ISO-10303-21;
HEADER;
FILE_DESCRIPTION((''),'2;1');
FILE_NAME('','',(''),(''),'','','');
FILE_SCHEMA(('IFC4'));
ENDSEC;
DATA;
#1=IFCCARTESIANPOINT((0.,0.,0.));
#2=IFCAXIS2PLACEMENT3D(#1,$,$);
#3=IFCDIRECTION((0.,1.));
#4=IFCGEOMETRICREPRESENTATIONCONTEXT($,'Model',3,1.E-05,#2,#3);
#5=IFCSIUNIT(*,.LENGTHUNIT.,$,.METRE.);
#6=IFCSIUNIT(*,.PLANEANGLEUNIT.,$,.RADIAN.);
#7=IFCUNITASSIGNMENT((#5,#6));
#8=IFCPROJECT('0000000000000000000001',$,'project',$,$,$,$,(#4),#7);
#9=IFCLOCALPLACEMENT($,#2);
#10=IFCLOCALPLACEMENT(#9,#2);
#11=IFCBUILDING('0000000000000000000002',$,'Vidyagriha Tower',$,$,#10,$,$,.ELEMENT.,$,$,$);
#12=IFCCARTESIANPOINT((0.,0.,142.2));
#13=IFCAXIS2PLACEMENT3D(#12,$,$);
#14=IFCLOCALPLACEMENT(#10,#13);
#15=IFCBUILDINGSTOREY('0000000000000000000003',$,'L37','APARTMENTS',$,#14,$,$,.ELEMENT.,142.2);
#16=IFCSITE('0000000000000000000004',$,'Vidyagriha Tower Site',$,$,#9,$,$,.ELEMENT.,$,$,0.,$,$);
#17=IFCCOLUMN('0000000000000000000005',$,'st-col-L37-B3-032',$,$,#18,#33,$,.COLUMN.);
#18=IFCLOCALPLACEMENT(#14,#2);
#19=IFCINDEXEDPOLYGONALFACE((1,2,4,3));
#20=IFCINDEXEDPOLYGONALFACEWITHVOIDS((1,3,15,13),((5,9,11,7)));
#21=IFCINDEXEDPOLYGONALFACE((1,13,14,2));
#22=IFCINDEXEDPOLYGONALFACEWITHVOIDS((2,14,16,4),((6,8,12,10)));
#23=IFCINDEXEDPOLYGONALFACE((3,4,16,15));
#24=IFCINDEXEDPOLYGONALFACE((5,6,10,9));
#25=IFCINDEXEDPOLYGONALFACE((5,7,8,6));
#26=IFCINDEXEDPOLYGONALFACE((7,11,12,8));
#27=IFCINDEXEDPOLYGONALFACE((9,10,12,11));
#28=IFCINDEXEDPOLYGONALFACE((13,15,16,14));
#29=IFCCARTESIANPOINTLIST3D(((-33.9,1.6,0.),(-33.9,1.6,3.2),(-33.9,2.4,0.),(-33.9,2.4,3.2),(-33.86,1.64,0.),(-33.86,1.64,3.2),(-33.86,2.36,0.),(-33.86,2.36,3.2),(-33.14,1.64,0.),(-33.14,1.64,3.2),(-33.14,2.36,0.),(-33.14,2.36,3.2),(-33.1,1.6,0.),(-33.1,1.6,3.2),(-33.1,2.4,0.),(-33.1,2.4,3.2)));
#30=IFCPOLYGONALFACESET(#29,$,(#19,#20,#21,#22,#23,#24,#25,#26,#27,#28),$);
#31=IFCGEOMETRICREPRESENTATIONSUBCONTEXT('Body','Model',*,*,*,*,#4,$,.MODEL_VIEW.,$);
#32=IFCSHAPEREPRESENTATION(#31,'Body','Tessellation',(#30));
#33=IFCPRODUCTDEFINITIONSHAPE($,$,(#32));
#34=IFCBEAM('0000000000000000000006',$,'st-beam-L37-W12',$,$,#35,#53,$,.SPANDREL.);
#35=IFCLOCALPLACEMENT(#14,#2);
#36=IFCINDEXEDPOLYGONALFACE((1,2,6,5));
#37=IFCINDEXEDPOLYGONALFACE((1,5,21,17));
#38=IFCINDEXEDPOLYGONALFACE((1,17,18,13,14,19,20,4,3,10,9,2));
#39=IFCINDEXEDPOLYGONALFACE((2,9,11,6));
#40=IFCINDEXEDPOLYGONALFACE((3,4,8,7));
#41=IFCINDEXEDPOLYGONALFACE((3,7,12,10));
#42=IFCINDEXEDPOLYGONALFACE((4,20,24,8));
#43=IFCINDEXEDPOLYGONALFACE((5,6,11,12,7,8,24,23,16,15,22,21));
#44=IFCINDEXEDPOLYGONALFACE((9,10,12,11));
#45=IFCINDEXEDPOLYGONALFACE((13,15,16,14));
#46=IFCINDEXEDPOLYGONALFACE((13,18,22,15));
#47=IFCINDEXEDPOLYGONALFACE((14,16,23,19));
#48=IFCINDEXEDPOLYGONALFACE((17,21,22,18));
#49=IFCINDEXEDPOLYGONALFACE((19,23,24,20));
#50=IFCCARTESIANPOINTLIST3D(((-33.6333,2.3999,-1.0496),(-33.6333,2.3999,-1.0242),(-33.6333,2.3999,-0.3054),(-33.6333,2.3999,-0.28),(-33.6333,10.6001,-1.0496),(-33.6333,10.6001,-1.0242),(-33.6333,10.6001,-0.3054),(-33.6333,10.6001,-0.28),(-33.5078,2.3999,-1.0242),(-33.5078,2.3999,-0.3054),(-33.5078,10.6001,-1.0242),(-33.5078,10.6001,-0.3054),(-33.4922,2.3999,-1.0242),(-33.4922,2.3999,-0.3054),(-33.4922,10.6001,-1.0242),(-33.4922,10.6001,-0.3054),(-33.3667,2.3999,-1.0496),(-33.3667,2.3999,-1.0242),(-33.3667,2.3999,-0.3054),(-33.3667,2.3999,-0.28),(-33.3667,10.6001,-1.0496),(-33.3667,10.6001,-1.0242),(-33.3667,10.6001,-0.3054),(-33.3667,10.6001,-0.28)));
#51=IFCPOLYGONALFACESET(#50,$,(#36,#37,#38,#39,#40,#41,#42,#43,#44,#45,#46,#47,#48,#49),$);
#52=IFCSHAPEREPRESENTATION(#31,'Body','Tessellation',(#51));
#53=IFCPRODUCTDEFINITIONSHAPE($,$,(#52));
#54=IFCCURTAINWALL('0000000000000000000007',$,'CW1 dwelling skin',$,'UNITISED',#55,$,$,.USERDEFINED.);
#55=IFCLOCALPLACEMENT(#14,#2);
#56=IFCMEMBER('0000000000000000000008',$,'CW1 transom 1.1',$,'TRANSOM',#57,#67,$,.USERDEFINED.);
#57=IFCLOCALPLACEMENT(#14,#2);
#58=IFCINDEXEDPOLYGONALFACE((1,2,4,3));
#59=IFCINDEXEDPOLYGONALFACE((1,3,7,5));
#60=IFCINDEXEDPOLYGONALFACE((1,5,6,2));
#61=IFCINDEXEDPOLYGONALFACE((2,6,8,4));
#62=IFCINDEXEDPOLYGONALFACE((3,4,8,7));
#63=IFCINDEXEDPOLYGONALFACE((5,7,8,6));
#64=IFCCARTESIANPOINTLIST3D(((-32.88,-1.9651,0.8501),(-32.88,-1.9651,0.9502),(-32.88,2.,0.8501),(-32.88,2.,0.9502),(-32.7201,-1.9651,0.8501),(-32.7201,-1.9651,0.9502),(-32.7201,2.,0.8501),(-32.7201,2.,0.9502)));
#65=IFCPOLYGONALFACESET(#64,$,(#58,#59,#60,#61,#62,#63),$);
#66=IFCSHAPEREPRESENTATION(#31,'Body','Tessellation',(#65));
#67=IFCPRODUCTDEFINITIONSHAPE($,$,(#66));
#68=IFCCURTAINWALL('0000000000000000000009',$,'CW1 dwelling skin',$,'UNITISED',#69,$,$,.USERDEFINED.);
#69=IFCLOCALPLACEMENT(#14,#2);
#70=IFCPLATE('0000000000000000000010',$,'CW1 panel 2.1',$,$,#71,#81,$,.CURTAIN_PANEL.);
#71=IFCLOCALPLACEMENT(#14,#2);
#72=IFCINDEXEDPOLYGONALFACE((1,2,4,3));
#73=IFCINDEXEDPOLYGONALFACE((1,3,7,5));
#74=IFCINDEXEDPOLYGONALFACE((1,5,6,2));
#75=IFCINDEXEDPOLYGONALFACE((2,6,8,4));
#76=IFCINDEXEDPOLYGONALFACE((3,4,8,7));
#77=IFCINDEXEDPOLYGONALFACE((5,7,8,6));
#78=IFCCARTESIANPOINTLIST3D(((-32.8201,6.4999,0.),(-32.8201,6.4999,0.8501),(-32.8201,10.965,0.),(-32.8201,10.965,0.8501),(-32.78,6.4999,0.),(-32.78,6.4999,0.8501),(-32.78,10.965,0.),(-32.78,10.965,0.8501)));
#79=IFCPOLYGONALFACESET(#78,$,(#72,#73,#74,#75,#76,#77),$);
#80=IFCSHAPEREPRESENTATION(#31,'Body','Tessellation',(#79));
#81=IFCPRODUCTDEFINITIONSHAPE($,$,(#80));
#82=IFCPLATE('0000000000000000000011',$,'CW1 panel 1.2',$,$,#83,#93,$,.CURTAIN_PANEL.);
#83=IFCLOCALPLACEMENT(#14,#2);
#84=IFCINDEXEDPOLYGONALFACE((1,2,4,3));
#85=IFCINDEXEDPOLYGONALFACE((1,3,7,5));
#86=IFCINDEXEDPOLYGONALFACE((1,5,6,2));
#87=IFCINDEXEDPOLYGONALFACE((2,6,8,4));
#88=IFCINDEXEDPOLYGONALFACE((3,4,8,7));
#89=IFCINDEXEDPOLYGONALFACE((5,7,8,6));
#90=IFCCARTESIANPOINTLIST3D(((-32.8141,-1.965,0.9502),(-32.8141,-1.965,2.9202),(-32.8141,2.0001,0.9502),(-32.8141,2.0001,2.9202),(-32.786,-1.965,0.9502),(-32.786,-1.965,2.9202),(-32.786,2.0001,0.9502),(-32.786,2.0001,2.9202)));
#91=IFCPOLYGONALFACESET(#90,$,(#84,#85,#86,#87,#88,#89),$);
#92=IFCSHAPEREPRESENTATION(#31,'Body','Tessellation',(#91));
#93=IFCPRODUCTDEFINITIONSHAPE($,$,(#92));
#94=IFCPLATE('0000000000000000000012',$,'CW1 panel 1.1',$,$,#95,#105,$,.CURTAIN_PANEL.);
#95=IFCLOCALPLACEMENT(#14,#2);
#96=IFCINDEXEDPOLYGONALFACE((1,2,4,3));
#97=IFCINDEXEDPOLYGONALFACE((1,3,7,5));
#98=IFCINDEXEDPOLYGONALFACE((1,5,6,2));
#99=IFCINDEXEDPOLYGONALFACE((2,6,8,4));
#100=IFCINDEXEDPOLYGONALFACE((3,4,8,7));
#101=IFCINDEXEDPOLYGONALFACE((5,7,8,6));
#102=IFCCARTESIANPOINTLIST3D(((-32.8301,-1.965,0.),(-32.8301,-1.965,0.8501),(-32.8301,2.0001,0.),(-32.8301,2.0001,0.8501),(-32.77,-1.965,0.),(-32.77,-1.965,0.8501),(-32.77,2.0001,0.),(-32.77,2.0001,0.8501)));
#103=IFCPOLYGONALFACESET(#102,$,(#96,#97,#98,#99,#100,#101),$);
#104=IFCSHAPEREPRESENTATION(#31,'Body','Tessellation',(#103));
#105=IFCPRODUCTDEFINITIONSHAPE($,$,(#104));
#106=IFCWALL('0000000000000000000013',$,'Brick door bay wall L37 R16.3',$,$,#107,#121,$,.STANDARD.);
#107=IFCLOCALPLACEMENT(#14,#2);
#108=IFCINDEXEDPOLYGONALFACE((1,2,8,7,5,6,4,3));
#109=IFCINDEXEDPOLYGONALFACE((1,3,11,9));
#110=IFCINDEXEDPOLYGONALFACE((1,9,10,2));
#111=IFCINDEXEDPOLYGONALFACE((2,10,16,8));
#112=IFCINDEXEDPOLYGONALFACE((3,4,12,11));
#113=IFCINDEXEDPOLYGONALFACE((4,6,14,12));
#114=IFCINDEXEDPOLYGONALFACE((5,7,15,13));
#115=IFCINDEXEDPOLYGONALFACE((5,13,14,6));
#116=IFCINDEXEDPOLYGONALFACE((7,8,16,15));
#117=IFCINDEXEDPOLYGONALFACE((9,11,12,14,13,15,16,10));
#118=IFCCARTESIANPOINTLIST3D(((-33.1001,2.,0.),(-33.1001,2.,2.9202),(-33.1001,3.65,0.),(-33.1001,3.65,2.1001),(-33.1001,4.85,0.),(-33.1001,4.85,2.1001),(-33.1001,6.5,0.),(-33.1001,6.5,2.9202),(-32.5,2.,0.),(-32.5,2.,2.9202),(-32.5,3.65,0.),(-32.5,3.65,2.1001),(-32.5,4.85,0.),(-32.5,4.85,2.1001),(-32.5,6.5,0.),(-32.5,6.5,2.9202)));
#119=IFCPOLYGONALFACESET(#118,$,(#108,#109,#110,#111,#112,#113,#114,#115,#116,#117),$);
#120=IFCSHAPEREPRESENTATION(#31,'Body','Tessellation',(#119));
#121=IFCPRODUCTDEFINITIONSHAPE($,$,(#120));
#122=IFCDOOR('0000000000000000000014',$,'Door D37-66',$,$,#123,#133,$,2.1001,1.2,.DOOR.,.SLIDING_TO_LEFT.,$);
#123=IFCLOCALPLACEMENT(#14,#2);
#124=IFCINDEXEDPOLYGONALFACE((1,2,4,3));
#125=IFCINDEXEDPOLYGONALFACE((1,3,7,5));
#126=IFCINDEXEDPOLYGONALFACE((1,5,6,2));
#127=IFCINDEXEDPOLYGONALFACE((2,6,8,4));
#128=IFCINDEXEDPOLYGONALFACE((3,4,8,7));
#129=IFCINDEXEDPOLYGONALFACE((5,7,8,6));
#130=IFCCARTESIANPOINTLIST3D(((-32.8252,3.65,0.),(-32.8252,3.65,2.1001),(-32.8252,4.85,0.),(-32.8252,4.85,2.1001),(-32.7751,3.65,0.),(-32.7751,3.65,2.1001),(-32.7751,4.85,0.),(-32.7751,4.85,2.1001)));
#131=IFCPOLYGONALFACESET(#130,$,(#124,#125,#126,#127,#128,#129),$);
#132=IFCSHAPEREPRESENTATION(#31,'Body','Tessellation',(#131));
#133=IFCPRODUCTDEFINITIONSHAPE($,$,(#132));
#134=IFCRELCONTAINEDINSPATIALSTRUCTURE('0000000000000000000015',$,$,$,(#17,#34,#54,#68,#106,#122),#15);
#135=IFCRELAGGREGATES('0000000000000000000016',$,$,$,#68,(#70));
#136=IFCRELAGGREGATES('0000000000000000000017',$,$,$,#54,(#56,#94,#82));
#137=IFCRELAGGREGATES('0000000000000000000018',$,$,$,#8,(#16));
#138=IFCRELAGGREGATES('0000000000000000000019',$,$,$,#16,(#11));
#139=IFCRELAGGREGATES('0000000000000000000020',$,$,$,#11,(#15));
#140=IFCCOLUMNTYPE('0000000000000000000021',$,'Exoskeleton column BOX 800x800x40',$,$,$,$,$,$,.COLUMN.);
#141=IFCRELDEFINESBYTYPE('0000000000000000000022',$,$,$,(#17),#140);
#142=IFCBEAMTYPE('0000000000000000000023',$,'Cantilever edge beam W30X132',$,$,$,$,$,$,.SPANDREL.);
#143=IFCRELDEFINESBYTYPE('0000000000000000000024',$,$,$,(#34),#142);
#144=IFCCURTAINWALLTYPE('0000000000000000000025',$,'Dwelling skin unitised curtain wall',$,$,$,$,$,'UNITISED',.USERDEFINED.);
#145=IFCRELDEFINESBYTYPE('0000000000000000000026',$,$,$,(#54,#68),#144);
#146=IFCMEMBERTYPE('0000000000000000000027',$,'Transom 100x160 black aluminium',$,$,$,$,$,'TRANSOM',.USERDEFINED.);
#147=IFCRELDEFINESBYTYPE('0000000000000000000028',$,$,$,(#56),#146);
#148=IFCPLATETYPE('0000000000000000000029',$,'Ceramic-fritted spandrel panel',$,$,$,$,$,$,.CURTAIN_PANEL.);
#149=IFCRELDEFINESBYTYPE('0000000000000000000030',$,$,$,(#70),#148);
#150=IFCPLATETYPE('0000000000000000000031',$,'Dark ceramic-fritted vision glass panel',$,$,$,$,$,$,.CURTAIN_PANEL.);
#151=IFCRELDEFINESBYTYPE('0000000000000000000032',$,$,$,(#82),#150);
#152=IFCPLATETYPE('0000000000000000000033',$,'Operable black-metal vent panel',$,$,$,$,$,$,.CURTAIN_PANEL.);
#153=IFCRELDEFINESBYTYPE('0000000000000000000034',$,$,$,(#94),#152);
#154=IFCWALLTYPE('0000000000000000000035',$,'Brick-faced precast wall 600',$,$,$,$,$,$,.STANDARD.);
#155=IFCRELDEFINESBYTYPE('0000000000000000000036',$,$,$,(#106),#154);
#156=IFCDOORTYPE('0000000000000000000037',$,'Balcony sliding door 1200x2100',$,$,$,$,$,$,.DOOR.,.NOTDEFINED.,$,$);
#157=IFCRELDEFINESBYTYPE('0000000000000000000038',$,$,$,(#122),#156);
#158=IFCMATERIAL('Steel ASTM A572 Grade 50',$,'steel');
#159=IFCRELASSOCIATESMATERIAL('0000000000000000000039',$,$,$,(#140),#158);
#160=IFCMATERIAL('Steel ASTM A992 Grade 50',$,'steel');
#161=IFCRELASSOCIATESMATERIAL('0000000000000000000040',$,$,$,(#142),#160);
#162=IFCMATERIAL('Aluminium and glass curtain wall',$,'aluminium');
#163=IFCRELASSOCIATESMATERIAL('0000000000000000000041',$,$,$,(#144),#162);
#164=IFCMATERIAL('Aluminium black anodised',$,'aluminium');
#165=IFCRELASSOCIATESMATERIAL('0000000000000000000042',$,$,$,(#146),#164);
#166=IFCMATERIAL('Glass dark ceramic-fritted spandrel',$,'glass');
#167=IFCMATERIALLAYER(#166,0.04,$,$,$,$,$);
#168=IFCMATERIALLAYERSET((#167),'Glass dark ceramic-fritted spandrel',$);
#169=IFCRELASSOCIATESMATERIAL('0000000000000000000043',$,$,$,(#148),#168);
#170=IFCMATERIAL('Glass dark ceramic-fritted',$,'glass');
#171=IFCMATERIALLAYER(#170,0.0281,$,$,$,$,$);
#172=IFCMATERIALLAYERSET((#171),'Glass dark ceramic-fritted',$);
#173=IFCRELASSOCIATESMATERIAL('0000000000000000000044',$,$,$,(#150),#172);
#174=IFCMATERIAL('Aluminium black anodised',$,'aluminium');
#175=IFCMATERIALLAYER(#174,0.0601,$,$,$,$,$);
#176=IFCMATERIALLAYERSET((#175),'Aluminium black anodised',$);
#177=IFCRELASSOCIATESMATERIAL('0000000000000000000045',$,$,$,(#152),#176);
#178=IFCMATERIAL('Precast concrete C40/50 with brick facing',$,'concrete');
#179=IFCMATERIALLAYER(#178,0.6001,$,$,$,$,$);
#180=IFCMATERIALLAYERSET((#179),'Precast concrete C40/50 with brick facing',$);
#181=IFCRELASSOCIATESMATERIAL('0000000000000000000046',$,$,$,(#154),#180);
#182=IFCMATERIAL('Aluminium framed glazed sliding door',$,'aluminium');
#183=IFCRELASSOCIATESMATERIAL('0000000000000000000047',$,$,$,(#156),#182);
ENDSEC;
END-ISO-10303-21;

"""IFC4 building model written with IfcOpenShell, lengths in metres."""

from ifc_helpers import new_model, si_unit, direction, frame, frame_2d, origin, origin_2d, place, context, subcontext, project, spatial, rectangle, hollow_rectangle, i_section, extrude, material, layer, layer_set, material_profile, profile_set, type_object, element, fill, aggregate, save


model = new_model("IFC4")

# Units and contexts
model_context = context("Model", 3, precision=1e-05, world=origin(), true_north=direction((0.0, 1.0)))
body_context = subcontext(model_context, "Body", "Model", "MODEL_VIEW")
ifc_project = project(units=[si_unit("LENGTHUNIT", "METRE"), si_unit("PLANEANGLEUNIT", "RADIAN")], contexts=[model_context])

# Site, building, storey
site_placement = place(None, origin())
site = spatial("IfcSite", under=ifc_project, at=site_placement, Name="Vidyagriha Tower Site", CompositionType="ELEMENT", RefElevation=0.0)
building_placement = place(site_placement, origin())
building = spatial("IfcBuilding", under=site, at=building_placement, Name="Vidyagriha Tower", CompositionType="ELEMENT")
storey_placement = place(building_placement, frame((0.0, 0.0, 142.2)))
storey = spatial("IfcBuildingStorey", under=building, at=storey_placement, Name="L37", Description="APARTMENTS", CompositionType="ELEMENT", Elevation=142.2)

# Column
ifc_material_1 = material(Name="Steel ASTM A572 Grade 50", Category="steel")
ifc_material_profile_1 = material_profile(ifc_material_1, hollow_rectangle(XDim=0.8, YDim=0.8, WallThickness=0.04, at=origin_2d()), Name="BOX 800x800x40")
ifc_profile_set_1 = profile_set([ifc_material_profile_1], Name="Steel ASTM A572 Grade 50")
column_type = type_object("IfcColumnType", Name="Exoskeleton column BOX 800x800x40", PredefinedType="COLUMN", material=ifc_profile_set_1)
column_placement = place(storey_placement, frame((-33.5, 2.0, 0.0)))
element("IfcColumn", 1, at=column_placement, inside=storey, type_object=column_type, Name="st-col-L37-B3-032", PredefinedType="COLUMN", context=body_context, shape_type="SweptSolid", body=[
    extrude(hollow_rectangle(XDim=0.8, YDim=0.8, WallThickness=0.04, at=origin_2d()), origin(), (0.0, 0.0, 1.0), 3.2),
])

# Beam
ifc_material_2 = material(Name="Steel ASTM A992 Grade 50", Category="steel")
ifc_material_profile_2 = material_profile(ifc_material_2, i_section(OverallWidth=0.2666, OverallDepth=0.7695, WebThickness=0.0156, FlangeThickness=0.0254, at=origin_2d()), Name="W30X132")
ifc_profile_set_2 = profile_set([ifc_material_profile_2], Name="Steel ASTM A992 Grade 50")
beam_type = type_object("IfcBeamType", Name="Cantilever edge beam W30X132", PredefinedType="SPANDREL", material=ifc_profile_set_2)
beam_placement = place(storey_placement, frame((-33.5, 2.3999, -0.6648), z_axis=(0.0, 1.0, 0.0), x_axis=(-1.0, 0.0, 0.0)))
element("IfcBeam", 2, at=beam_placement, inside=storey, type_object=beam_type, Name="st-beam-L37-W12", PredefinedType="SPANDREL", context=body_context, shape_type="SweptSolid", body=[
    extrude(i_section(OverallWidth=0.2666, OverallDepth=0.7695, WebThickness=0.0156, FlangeThickness=0.0254, at=origin_2d()), origin(), (0.0, 0.0, 1.0), 8.2002),
])

# Curtain wall, member
ifc_material_3 = material(Name="Aluminium and glass curtain wall", Category="aluminium")
curtain_wall_type = type_object("IfcCurtainWallType", Name="Dwelling skin unitised curtain wall", ElementType="UNITISED", PredefinedType="USERDEFINED", material=ifc_material_3)
curtain_wall_1_placement = place(storey_placement, origin())
curtain_wall_1 = element("IfcCurtainWall", 3, at=curtain_wall_1_placement, inside=storey, type_object=curtain_wall_type, Name="CW1 dwelling skin", ObjectType="UNITISED", PredefinedType="USERDEFINED")
ifc_material_4 = material(Name="Aluminium black anodised", Category="aluminium")
ifc_material_profile_3 = material_profile(ifc_material_4, rectangle(XDim=0.1599, YDim=0.1001, at=origin_2d()), Name="Transom 100x160 black aluminium")
ifc_profile_set_3 = profile_set([ifc_material_profile_3], Name="Aluminium black anodised")
member_type = type_object("IfcMemberType", Name="Transom 100x160 black aluminium", ElementType="TRANSOM", PredefinedType="USERDEFINED", material=ifc_profile_set_3)
member_placement = place(storey_placement, frame((-32.8, 2.0, 0.9001), z_axis=(0.0, -1.0, 0.0), x_axis=(1.0, 0.0, 0.0)))
member = element("IfcMember", 4, at=member_placement, type_object=member_type, Name="CW1 transom 1.1", ObjectType="TRANSOM", PredefinedType="USERDEFINED", context=body_context, shape_type="SweptSolid", body=[
    extrude(rectangle(XDim=0.1599, YDim=0.1001, at=origin_2d()), origin(), (0.0, 0.0, 1.0), 3.9651),
])

# Curtain wall, plate
curtain_wall_2_placement = place(storey_placement, origin())
curtain_wall_2 = element("IfcCurtainWall", 5, at=curtain_wall_2_placement, inside=storey, type_object=curtain_wall_type, Name="CW1 dwelling skin", ObjectType="UNITISED", PredefinedType="USERDEFINED")
ifc_material_5 = material(Name="Glass dark ceramic-fritted spandrel", Category="glass")
ifc_layer_1 = layer(ifc_material_5, 0.04)
ifc_layer_set_1 = layer_set([ifc_layer_1], Name="Glass dark ceramic-fritted spandrel")
plate_type_1 = type_object("IfcPlateType", Name="Ceramic-fritted spandrel panel", PredefinedType="CURTAIN_PANEL", material=ifc_layer_set_1)
plate_1_placement = place(storey_placement, frame((-32.8, 8.7324, 0.0), z_axis=(0.0, 0.0, 1.0), x_axis=(0.0, -1.0, 0.0)))
plate_1 = element("IfcPlate", 6, at=plate_1_placement, type_object=plate_type_1, Name="CW1 panel 2.1", PredefinedType="CURTAIN_PANEL", context=body_context, shape_type="SweptSolid", body=[
    extrude(rectangle(XDim=4.4651, YDim=0.04, at=origin_2d()), origin(), (0.0, 0.0, 1.0), 0.8501),
])
aggregate(curtain_wall_2, [plate_1])

# Plates
ifc_material_6 = material(Name="Glass dark ceramic-fritted", Category="glass")
ifc_layer_2 = layer(ifc_material_6, 0.0281)
ifc_layer_set_2 = layer_set([ifc_layer_2], Name="Glass dark ceramic-fritted")
plate_type_2 = type_object("IfcPlateType", Name="Dark ceramic-fritted vision glass panel", PredefinedType="CURTAIN_PANEL", material=ifc_layer_set_2)
plate_2_placement = place(storey_placement, frame((-32.8, 0.0176, 0.9502), z_axis=(0.0, 0.0, 1.0), x_axis=(0.0, -1.0, 0.0)))
plate_2 = element("IfcPlate", 7, at=plate_2_placement, type_object=plate_type_2, Name="CW1 panel 1.2", PredefinedType="CURTAIN_PANEL", context=body_context, shape_type="SweptSolid", body=[
    extrude(rectangle(XDim=3.9651, YDim=0.0281, at=origin_2d()), origin(), (0.0, 0.0, 1.0), 1.97),
])
ifc_material_7 = material(Name="Aluminium black anodised", Category="aluminium")
ifc_layer_3 = layer(ifc_material_7, 0.0601)
ifc_layer_set_3 = layer_set([ifc_layer_3], Name="Aluminium black anodised")
plate_type_3 = type_object("IfcPlateType", Name="Operable black-metal vent panel", PredefinedType="CURTAIN_PANEL", material=ifc_layer_set_3)
plate_3_placement = place(storey_placement, frame((-32.8, 0.0176, 0.0), z_axis=(0.0, 0.0, 1.0), x_axis=(0.0, -1.0, 0.0)))
plate_3 = element("IfcPlate", 8, at=plate_3_placement, type_object=plate_type_3, Name="CW1 panel 1.1", PredefinedType="CURTAIN_PANEL", context=body_context, shape_type="SweptSolid", body=[
    extrude(rectangle(XDim=3.9651, YDim=0.0601, at=origin_2d()), origin(), (0.0, 0.0, 1.0), 0.8501),
])
aggregate(curtain_wall_1, [member, plate_3, plate_2])

# Wall, opening, door
ifc_material_8 = material(Name="Precast concrete C40/50 with brick facing", Category="concrete")
ifc_layer_4 = layer(ifc_material_8, 0.6001)
ifc_layer_set_4 = layer_set([ifc_layer_4], Name="Precast concrete C40/50 with brick facing")
wall_type = type_object("IfcWallType", Name="Brick-faced precast wall 600", PredefinedType="STANDARD", material=ifc_layer_set_4)
wall_placement = place(storey_placement, frame((-32.8, 6.5, 0.0), z_axis=(0.0, 0.0, 1.0), x_axis=(0.0, -1.0, 0.0)))
wall = element("IfcWall", 9, at=wall_placement, inside=storey, type_object=wall_type, Name="Brick door bay wall L37 R16.3", PredefinedType="STANDARD", context=body_context, shape_type="SweptSolid", body=[
    extrude(rectangle(XDim=4.5, YDim=0.6001, at=frame_2d((2.25, 0.0))), origin(), (0.0, 0.0, 1.0), 2.9202),
])
opening_placement = place(wall_placement, frame((1.6499, 0.0, 0.0)))
opening = element("IfcOpeningElement", 10, at=opening_placement, cuts=wall, PredefinedType="OPENING", context=body_context, shape_type="SweptSolid", body=[
    extrude(rectangle(XDim=1.2, YDim=2.1001, at=frame_2d((0.6001, 1.05))), frame((0.0, 0.3101, 0.0), z_axis=(0.0, -1.0, 0.0), x_axis=(1.0, 0.0, 0.0)), (0.0, 0.0, 1.0), 0.6201),
])
ifc_material_9 = material(Name="Aluminium framed glazed sliding door", Category="aluminium")
door_type = type_object("IfcDoorType", Name="Balcony sliding door 1200x2100", OperationType="NOTDEFINED", PredefinedType="DOOR", material=ifc_material_9)
door_placement = place(opening_placement, origin())
door = element("IfcDoor", 11, at=door_placement, inside=storey, type_object=door_type, Name="Door D37-66", OperationType="SLIDING_TO_LEFT", OverallHeight=2.1001, OverallWidth=1.2, PredefinedType="DOOR", context=body_context, shape_type="SweptSolid", body=[
    extrude(rectangle(XDim=1.2, YDim=2.1001, at=frame_2d((0.6001, 1.05))), frame((0.0, 0.0249, 0.0), z_axis=(0.0, -1.0, 0.0), x_axis=(1.0, 0.0, 0.0)), (0.0, 0.0, 1.0), 0.05),
])
fill(opening, door)

save(model, "model.ifc")
